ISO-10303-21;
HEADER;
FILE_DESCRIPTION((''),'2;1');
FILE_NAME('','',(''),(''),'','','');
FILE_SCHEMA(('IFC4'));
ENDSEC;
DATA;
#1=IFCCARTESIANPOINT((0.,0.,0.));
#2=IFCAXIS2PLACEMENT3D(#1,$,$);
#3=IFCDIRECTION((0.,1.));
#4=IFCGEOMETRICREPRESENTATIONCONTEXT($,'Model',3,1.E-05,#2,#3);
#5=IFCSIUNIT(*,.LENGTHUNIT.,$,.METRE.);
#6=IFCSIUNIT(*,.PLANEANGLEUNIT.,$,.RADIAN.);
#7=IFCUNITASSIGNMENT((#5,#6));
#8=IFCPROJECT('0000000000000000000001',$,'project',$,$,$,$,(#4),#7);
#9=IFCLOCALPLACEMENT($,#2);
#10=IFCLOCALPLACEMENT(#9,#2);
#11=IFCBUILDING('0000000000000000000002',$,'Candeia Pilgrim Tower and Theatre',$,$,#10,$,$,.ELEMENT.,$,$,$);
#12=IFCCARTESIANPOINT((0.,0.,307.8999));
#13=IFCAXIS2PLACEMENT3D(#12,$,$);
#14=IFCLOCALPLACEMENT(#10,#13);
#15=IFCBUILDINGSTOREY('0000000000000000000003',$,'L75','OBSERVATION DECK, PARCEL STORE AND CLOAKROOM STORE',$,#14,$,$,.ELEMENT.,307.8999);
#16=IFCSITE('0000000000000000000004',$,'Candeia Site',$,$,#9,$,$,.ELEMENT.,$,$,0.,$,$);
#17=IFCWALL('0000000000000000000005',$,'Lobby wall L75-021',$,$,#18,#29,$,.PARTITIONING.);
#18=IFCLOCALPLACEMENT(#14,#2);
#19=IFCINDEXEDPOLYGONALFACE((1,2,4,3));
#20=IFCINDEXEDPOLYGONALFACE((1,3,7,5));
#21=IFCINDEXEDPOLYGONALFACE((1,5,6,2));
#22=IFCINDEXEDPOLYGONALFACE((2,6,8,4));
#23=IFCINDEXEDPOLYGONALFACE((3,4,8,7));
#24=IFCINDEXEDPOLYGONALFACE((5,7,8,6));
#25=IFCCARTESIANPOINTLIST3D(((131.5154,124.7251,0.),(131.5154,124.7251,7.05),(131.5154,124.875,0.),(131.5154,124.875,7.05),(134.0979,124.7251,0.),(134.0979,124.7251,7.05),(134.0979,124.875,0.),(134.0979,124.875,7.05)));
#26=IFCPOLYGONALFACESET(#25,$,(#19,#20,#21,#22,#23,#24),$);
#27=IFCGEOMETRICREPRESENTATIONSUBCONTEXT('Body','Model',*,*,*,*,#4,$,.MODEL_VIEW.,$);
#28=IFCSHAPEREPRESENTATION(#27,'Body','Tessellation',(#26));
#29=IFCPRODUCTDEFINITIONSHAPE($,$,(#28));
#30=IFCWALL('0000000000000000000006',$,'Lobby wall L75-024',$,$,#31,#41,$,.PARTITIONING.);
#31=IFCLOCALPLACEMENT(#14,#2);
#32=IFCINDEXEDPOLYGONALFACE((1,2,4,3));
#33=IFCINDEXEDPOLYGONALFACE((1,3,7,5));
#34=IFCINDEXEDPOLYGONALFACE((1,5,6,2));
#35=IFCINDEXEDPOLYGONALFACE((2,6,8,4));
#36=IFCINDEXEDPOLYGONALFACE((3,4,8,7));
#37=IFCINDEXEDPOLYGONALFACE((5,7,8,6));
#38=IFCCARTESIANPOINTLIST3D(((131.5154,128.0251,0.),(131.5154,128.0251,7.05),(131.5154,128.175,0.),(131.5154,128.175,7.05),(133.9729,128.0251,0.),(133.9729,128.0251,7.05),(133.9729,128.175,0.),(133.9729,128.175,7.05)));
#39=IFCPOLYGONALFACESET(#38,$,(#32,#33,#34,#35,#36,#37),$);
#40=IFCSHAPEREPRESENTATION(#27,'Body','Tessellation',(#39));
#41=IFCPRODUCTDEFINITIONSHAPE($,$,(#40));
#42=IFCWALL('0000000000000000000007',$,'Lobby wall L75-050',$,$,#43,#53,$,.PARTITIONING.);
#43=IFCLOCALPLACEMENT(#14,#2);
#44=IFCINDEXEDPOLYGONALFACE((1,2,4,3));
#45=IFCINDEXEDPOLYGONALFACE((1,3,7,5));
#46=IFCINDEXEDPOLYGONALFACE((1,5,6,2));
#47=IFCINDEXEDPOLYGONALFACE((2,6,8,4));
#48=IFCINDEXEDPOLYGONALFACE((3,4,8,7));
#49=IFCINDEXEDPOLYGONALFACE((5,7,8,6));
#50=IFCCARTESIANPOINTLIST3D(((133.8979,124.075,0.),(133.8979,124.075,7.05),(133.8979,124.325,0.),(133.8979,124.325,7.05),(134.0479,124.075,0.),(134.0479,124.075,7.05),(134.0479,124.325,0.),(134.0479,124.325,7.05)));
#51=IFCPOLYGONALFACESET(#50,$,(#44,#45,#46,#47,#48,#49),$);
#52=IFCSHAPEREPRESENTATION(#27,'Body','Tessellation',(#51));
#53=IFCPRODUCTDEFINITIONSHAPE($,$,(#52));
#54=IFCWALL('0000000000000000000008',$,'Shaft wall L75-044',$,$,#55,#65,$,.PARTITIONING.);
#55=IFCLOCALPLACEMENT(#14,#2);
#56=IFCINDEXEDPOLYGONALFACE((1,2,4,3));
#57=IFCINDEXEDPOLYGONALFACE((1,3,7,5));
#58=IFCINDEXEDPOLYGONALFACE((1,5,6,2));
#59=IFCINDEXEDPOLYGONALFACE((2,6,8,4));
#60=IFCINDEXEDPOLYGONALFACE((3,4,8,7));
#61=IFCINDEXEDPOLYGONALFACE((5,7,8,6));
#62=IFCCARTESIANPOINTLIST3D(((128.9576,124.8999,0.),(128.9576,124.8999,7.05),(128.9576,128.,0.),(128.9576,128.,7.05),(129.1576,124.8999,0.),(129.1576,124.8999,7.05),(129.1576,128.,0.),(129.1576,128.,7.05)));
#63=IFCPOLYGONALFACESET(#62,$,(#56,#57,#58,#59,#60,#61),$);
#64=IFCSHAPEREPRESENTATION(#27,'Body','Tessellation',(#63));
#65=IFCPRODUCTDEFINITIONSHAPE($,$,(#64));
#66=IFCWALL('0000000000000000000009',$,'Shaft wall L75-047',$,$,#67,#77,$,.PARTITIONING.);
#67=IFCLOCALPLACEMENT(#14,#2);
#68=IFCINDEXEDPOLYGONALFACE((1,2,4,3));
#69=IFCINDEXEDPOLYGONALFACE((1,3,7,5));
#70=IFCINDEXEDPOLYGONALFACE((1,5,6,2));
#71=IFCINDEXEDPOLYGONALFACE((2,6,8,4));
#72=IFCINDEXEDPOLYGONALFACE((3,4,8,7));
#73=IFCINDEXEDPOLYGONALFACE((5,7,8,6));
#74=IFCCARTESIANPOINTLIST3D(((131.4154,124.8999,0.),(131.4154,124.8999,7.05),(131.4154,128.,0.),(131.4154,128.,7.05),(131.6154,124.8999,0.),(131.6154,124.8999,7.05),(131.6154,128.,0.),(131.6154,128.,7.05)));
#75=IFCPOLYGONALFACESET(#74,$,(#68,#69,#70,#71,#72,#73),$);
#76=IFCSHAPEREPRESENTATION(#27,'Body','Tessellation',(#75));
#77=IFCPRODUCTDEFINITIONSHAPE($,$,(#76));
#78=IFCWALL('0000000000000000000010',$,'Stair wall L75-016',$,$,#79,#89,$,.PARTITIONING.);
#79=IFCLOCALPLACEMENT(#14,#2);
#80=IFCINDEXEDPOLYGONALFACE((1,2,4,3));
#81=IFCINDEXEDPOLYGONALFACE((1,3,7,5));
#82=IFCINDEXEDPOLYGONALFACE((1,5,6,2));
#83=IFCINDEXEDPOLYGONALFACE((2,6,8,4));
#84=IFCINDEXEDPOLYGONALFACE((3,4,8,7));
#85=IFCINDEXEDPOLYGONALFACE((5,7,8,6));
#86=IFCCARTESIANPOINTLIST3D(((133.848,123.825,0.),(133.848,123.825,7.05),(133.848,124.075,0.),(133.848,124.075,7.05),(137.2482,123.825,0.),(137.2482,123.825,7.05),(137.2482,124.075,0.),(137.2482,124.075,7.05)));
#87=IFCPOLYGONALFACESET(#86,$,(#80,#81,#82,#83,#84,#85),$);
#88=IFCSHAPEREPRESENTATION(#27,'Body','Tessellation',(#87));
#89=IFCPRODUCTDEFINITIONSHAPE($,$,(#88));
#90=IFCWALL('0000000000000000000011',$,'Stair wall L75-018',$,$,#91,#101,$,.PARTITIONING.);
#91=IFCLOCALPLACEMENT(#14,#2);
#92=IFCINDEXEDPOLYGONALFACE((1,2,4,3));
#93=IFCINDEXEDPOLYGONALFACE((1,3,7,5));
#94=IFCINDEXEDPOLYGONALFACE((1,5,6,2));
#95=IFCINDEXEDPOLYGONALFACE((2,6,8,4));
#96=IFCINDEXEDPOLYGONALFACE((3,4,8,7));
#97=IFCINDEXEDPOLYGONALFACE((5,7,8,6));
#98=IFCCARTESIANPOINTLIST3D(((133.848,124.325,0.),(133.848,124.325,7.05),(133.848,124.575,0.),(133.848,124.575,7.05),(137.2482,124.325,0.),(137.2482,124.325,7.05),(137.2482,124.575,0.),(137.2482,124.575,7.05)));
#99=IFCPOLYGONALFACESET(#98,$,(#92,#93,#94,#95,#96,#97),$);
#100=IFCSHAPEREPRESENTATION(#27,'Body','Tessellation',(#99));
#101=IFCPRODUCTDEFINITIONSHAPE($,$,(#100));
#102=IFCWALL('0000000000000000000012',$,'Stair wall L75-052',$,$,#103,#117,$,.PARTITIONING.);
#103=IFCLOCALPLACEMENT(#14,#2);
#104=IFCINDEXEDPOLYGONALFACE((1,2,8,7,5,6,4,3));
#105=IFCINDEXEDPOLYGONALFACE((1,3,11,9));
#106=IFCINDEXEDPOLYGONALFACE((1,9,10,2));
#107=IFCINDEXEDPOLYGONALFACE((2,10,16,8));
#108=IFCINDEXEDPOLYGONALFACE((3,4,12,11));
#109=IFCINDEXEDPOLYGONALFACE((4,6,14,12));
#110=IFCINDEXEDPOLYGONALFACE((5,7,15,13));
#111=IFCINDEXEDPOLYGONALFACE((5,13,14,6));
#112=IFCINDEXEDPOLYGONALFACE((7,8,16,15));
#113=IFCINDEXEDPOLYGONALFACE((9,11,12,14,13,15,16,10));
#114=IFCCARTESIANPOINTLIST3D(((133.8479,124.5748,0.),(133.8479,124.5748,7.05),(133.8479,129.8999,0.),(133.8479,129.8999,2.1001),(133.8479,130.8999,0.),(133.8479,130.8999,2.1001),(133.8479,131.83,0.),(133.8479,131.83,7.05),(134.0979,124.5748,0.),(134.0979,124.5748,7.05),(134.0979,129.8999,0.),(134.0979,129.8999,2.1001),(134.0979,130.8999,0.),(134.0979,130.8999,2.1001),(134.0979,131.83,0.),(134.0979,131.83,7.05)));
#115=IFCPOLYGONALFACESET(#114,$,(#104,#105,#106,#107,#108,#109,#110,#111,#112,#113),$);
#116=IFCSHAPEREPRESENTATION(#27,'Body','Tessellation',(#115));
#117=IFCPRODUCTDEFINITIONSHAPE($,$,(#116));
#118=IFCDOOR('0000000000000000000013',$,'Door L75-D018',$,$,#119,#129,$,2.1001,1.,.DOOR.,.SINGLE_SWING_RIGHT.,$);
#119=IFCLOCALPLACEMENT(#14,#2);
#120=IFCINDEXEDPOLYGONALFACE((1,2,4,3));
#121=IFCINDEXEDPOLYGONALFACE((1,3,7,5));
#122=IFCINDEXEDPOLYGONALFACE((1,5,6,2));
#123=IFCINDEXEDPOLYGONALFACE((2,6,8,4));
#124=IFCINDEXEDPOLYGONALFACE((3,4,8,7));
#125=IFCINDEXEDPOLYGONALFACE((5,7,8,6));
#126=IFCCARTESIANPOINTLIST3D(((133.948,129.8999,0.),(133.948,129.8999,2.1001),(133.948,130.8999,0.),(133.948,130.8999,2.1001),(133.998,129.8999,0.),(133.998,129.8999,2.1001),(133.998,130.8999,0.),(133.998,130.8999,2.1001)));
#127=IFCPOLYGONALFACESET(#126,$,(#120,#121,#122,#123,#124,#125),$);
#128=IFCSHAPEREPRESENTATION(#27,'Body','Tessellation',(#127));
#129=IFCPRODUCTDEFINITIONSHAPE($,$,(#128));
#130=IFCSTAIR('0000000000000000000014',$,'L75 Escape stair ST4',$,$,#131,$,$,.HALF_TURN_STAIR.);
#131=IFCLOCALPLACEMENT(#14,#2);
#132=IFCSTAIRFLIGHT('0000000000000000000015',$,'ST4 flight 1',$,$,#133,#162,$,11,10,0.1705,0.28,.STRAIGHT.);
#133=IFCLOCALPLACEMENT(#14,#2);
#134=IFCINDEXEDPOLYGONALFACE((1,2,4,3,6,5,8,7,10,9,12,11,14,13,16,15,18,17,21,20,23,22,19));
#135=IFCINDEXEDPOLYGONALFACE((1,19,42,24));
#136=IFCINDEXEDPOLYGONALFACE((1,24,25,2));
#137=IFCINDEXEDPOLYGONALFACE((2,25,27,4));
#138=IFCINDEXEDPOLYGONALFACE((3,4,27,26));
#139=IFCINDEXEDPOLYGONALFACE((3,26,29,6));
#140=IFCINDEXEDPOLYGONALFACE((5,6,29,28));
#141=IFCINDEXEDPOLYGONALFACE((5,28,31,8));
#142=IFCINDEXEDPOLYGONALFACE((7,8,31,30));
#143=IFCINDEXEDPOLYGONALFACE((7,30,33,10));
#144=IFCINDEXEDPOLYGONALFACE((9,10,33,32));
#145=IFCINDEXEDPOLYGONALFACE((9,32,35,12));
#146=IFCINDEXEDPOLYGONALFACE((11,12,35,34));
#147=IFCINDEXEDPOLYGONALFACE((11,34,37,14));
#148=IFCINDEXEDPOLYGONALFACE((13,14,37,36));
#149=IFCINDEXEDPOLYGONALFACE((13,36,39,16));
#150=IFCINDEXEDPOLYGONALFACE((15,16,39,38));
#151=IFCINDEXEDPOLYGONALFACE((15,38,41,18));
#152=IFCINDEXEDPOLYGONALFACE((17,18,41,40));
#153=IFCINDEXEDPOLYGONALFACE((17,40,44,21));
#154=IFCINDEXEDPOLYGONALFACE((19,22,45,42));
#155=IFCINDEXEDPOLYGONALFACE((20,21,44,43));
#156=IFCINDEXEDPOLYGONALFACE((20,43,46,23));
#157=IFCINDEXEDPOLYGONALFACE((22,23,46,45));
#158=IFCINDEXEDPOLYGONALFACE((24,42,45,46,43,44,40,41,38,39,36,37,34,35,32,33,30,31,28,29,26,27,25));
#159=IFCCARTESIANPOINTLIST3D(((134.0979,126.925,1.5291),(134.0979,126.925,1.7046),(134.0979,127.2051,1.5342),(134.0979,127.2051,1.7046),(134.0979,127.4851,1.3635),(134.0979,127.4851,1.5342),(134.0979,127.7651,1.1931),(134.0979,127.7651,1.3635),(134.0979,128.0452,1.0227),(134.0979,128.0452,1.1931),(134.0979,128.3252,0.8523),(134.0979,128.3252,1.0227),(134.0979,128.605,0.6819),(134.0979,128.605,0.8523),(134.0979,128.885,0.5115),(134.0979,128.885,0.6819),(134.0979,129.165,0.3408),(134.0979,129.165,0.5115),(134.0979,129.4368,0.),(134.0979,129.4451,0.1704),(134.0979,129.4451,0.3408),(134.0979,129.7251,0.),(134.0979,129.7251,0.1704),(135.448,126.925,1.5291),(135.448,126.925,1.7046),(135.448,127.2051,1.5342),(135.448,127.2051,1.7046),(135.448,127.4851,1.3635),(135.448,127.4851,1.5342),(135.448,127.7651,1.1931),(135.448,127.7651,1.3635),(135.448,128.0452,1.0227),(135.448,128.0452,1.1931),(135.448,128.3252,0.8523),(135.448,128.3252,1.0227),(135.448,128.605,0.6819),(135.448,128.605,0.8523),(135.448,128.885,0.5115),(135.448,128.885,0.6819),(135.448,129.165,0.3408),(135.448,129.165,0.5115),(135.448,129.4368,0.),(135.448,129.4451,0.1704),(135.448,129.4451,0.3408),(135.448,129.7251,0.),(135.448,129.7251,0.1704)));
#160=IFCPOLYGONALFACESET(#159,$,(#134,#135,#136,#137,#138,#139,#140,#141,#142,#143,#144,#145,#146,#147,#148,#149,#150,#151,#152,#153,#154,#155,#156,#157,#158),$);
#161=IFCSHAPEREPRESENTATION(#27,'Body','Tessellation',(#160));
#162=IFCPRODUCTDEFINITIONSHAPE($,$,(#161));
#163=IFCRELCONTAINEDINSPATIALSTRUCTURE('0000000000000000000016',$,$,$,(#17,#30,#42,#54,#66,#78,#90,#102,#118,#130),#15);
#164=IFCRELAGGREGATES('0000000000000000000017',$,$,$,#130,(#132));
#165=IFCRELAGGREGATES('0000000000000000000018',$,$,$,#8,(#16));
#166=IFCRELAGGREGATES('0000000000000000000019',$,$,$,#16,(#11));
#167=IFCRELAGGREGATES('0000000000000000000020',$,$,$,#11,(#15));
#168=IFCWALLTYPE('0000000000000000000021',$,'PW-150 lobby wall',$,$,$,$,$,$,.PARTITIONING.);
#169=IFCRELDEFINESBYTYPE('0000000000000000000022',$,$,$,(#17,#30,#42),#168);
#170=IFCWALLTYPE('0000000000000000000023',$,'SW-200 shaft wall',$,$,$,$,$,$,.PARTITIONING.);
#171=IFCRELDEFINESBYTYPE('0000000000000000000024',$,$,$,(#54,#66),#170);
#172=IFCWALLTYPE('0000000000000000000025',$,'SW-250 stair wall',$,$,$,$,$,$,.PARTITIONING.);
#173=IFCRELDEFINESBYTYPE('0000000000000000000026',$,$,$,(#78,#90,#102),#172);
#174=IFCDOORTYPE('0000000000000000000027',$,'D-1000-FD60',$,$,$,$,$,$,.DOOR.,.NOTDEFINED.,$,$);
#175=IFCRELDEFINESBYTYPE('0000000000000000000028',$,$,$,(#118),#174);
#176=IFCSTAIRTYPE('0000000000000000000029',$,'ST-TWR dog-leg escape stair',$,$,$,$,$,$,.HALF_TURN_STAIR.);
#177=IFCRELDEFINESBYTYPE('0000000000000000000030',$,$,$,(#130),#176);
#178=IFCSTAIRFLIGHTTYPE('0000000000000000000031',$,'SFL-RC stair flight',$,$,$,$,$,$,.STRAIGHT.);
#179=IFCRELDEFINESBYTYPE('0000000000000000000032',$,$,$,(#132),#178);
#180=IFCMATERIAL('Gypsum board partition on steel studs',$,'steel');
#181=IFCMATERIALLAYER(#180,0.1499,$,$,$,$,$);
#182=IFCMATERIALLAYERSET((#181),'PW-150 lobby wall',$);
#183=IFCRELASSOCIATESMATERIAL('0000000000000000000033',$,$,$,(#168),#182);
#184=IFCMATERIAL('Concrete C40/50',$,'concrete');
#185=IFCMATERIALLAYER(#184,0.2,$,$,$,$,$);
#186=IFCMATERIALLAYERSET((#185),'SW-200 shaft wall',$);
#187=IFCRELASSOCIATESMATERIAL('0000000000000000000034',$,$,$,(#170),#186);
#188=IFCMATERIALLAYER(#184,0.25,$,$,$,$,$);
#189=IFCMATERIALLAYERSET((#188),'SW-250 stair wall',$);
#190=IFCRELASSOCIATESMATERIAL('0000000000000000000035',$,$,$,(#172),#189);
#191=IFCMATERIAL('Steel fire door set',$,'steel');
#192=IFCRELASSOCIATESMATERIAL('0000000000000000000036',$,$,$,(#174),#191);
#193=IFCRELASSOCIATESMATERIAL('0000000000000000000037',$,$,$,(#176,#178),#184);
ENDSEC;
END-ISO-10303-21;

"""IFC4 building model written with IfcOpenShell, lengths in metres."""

from ifc_helpers import new_model, si_unit, direction, frame, frame_2d, origin, place, context, subcontext, project, spatial, polyline, rectangle, outline, extrude, material, layer, layer_set, type_object, element, fill, aggregate, save


model = new_model("IFC4")

# Units and contexts
model_context = context("Model", 3, precision=1e-05, world=origin(), true_north=direction((0.0, 1.0)))
body_context = subcontext(model_context, "Body", "Model", "MODEL_VIEW")
ifc_project = project(units=[si_unit("LENGTHUNIT", "METRE"), si_unit("PLANEANGLEUNIT", "RADIAN")], contexts=[model_context])

# Site, building, storey
site_placement = place(None, origin())
site = spatial("IfcSite", under=ifc_project, at=site_placement, Name="Candeia Site", CompositionType="ELEMENT", RefElevation=0.0)
building_placement = place(site_placement, origin())
building = spatial("IfcBuilding", under=site, at=building_placement, Name="Candeia Pilgrim Tower and Theatre", CompositionType="ELEMENT")
storey_placement = place(building_placement, frame((0.0, 0.0, 307.8999)))
storey = spatial("IfcBuildingStorey", under=building, at=storey_placement, Name="L75", Description="OBSERVATION DECK, PARCEL STORE AND CLOAKROOM STORE", CompositionType="ELEMENT", Elevation=307.8999)

# Walls
ifc_material_1 = material(Name="Gypsum board partition on steel studs", Category="steel")
ifc_layer_1 = layer(ifc_material_1, 0.1499)
ifc_layer_set_1 = layer_set([ifc_layer_1], Name="PW-150 lobby wall")
wall_type_1 = type_object("IfcWallType", Name="PW-150 lobby wall", PredefinedType="PARTITIONING", material=ifc_layer_set_1)
wall_1_placement = place(storey_placement, frame((131.5154, 124.8, 0.0), z_axis=(0.0, 0.0, 1.0), x_axis=(1.0, 0.0, 0.0)))
element("IfcWall", 1, at=wall_1_placement, inside=storey, type_object=wall_type_1, Name="Lobby wall L75-021", PredefinedType="PARTITIONING", context=body_context, shape_type="SweptSolid", body=[
    extrude(rectangle(XDim=2.5825, YDim=0.1499, at=frame_2d((1.2913, 0.0))), origin(), (0.0, 0.0, 1.0), 7.05),
])
wall_2_placement = place(storey_placement, frame((131.5154, 128.1001, 0.0), z_axis=(0.0, 0.0, 1.0), x_axis=(1.0, 0.0, 0.0)))
element("IfcWall", 2, at=wall_2_placement, inside=storey, type_object=wall_type_1, Name="Lobby wall L75-024", PredefinedType="PARTITIONING", context=body_context, shape_type="SweptSolid", body=[
    extrude(rectangle(XDim=2.4575, YDim=0.1499, at=frame_2d((1.2288, 0.0))), origin(), (0.0, 0.0, 1.0), 7.05),
])
wall_3_placement = place(storey_placement, frame((133.9729, 124.075, 0.0), z_axis=(0.0, 0.0, 1.0), x_axis=(0.0, 1.0, 0.0)))
element("IfcWall", 3, at=wall_3_placement, inside=storey, type_object=wall_type_1, Name="Lobby wall L75-050", PredefinedType="PARTITIONING", context=body_context, shape_type="SweptSolid", body=[
    extrude(rectangle(XDim=0.25, YDim=0.1499, at=frame_2d((0.125, 0.0))), origin(), (0.0, 0.0, 1.0), 7.05),
])
ifc_material_2 = material(Name="Concrete C40/50", Category="concrete")
ifc_layer_2 = layer(ifc_material_2, 0.2)
ifc_layer_set_2 = layer_set([ifc_layer_2], Name="SW-200 shaft wall")
wall_type_2 = type_object("IfcWallType", Name="SW-200 shaft wall", PredefinedType="PARTITIONING", material=ifc_layer_set_2)
for number, where, z_axis, x_axis, name in (
    (4, (129.0576, 124.8999, 0.0), (0.0, 0.0, 1.0), (0.0, 1.0, 0.0), "Shaft wall L75-044"),
    (5, (131.5154, 124.8999, 0.0), (0.0, 0.0, 1.0), (0.0, 1.0, 0.0), "Shaft wall L75-047"),
):
    element("IfcWall", number, at=place(storey_placement, frame(where, z_axis=z_axis, x_axis=x_axis)), inside=storey, type_object=wall_type_2, Name=name, PredefinedType="PARTITIONING", context=body_context, shape_type="SweptSolid", body=[
        extrude(rectangle(XDim=3.1001, YDim=0.2, at=frame_2d((1.55, 0.0))), origin(), (0.0, 0.0, 1.0), 7.05),
    ])
ifc_layer_3 = layer(ifc_material_2, 0.25)
ifc_layer_set_3 = layer_set([ifc_layer_3], Name="SW-250 stair wall")
wall_type_3 = type_object("IfcWallType", Name="SW-250 stair wall", PredefinedType="PARTITIONING", material=ifc_layer_set_3)
for number, where, z_axis, x_axis, name in (
    (6, (133.8479, 123.95, 0.0), (0.0, 0.0, 1.0), (1.0, 0.0, 0.0), "Stair wall L75-016"),
    (7, (133.8479, 124.45, 0.0), (0.0, 0.0, 1.0), (1.0, 0.0, 0.0), "Stair wall L75-018"),
):
    element("IfcWall", number, at=place(storey_placement, frame(where, z_axis=z_axis, x_axis=x_axis)), inside=storey, type_object=wall_type_3, Name=name, PredefinedType="PARTITIONING", context=body_context, shape_type="SweptSolid", body=[
        extrude(rectangle(XDim=3.4001, YDim=0.25, at=frame_2d((1.7002, 0.0))), origin(), (0.0, 0.0, 1.0), 7.05),
    ])

# Wall, opening, door
wall_4_placement = place(storey_placement, frame((133.9729, 124.575, 0.0), z_axis=(0.0, 0.0, 1.0), x_axis=(0.0, 1.0, 0.0)))
wall_4 = element("IfcWall", 8, at=wall_4_placement, inside=storey, type_object=wall_type_3, Name="Stair wall L75-052", PredefinedType="PARTITIONING", context=body_context, shape_type="SweptSolid", body=[
    extrude(rectangle(XDim=7.2551, YDim=0.25, at=frame_2d((3.6274, 0.0))), origin(), (0.0, 0.0, 1.0), 7.05),
])
opening_placement = place(wall_4_placement, frame((5.325, 0.0, 0.0)))
opening = element("IfcOpeningElement", 9, at=opening_placement, cuts=wall_4, PredefinedType="OPENING", context=body_context, shape_type="SweptSolid", body=[
    extrude(rectangle(XDim=1.0, YDim=2.1001, at=frame_2d((0.5, 1.05))), frame((0.0, 0.135, 0.0), z_axis=(0.0, -1.0, 0.0), x_axis=(1.0, 0.0, 0.0)), (0.0, 0.0, 1.0), 0.27),
])
ifc_material_3 = material(Name="Steel fire door set", Category="steel")
door_type = type_object("IfcDoorType", Name="D-1000-FD60", OperationType="NOTDEFINED", PredefinedType="DOOR", material=ifc_material_3)
door_placement = place(opening_placement, origin())
door = element("IfcDoor", 10, at=door_placement, inside=storey, type_object=door_type, Name="Door L75-D018", OperationType="SINGLE_SWING_RIGHT", OverallHeight=2.1001, OverallWidth=1.0, PredefinedType="DOOR", context=body_context, shape_type="SweptSolid", body=[
    extrude(rectangle(XDim=1.0, YDim=2.1001, at=frame_2d((0.5, 1.05))), frame((0.0, 0.0249, 0.0), z_axis=(0.0, -1.0, 0.0), x_axis=(1.0, 0.0, 0.0)), (0.0, 0.0, 1.0), 0.05),
])
fill(opening, door)

# Stair, stair flight
stair_type = type_object("IfcStairType", Name="ST-TWR dog-leg escape stair", PredefinedType="HALF_TURN_STAIR", material=ifc_material_2)
stair_placement = place(storey_placement, origin())
stair = element("IfcStair", 11, at=stair_placement, inside=storey, type_object=stair_type, Name="L75 Escape stair ST4", PredefinedType="HALF_TURN_STAIR")
stair_flight_type = type_object("IfcStairFlightType", Name="SFL-RC stair flight", PredefinedType="STRAIGHT", material=ifc_material_2)
stair_flight_1_placement = place(storey_placement, frame((134.7729, 129.7251, 0.0), z_axis=(0.0, 0.0, 1.0), x_axis=(0.0, -1.0, 0.0)))
stair_flight_1 = element("IfcStairFlight", 12, at=stair_flight_1_placement, type_object=stair_flight_type, Name="ST4 flight 1", NumberOfRisers=11, NumberOfTreads=10, PredefinedType="STRAIGHT", RiserHeight=0.1705, TreadLength=0.28, context=body_context, shape_type="SweptSolid", body=[
    extrude(outline(polyline([(0.0, 0.0), (0.0, 0.1704), (0.28, 0.1704), (0.28, 0.3408), (0.5601, 0.3408), (0.5601, 0.5115), (0.8401, 0.5115), (0.8401, 0.6819), (1.1201, 0.6819), (1.1201, 0.8523), (1.3999, 0.8523), (1.3999, 1.0227), (1.6799, 1.0227), (1.6799, 1.1931), (1.96, 1.1931), (1.96, 1.3635), (2.24, 1.3635), (2.24, 1.5342), (2.52, 1.5342), (2.52, 1.7046), (2.8, 1.7046), (2.8, 1.875), (2.8, 1.5291), (0.2883, 0.0), (0.0, 0.0)])), frame((0.0, 0.675, 0.0), z_axis=(0.0, -1.0, 0.0), x_axis=(1.0, 0.0, 0.0)), (0.0, 0.0, 1.0), 1.3501),
])
aggregate(stair, [stair_flight_1])

save(model, "model.ifc")
